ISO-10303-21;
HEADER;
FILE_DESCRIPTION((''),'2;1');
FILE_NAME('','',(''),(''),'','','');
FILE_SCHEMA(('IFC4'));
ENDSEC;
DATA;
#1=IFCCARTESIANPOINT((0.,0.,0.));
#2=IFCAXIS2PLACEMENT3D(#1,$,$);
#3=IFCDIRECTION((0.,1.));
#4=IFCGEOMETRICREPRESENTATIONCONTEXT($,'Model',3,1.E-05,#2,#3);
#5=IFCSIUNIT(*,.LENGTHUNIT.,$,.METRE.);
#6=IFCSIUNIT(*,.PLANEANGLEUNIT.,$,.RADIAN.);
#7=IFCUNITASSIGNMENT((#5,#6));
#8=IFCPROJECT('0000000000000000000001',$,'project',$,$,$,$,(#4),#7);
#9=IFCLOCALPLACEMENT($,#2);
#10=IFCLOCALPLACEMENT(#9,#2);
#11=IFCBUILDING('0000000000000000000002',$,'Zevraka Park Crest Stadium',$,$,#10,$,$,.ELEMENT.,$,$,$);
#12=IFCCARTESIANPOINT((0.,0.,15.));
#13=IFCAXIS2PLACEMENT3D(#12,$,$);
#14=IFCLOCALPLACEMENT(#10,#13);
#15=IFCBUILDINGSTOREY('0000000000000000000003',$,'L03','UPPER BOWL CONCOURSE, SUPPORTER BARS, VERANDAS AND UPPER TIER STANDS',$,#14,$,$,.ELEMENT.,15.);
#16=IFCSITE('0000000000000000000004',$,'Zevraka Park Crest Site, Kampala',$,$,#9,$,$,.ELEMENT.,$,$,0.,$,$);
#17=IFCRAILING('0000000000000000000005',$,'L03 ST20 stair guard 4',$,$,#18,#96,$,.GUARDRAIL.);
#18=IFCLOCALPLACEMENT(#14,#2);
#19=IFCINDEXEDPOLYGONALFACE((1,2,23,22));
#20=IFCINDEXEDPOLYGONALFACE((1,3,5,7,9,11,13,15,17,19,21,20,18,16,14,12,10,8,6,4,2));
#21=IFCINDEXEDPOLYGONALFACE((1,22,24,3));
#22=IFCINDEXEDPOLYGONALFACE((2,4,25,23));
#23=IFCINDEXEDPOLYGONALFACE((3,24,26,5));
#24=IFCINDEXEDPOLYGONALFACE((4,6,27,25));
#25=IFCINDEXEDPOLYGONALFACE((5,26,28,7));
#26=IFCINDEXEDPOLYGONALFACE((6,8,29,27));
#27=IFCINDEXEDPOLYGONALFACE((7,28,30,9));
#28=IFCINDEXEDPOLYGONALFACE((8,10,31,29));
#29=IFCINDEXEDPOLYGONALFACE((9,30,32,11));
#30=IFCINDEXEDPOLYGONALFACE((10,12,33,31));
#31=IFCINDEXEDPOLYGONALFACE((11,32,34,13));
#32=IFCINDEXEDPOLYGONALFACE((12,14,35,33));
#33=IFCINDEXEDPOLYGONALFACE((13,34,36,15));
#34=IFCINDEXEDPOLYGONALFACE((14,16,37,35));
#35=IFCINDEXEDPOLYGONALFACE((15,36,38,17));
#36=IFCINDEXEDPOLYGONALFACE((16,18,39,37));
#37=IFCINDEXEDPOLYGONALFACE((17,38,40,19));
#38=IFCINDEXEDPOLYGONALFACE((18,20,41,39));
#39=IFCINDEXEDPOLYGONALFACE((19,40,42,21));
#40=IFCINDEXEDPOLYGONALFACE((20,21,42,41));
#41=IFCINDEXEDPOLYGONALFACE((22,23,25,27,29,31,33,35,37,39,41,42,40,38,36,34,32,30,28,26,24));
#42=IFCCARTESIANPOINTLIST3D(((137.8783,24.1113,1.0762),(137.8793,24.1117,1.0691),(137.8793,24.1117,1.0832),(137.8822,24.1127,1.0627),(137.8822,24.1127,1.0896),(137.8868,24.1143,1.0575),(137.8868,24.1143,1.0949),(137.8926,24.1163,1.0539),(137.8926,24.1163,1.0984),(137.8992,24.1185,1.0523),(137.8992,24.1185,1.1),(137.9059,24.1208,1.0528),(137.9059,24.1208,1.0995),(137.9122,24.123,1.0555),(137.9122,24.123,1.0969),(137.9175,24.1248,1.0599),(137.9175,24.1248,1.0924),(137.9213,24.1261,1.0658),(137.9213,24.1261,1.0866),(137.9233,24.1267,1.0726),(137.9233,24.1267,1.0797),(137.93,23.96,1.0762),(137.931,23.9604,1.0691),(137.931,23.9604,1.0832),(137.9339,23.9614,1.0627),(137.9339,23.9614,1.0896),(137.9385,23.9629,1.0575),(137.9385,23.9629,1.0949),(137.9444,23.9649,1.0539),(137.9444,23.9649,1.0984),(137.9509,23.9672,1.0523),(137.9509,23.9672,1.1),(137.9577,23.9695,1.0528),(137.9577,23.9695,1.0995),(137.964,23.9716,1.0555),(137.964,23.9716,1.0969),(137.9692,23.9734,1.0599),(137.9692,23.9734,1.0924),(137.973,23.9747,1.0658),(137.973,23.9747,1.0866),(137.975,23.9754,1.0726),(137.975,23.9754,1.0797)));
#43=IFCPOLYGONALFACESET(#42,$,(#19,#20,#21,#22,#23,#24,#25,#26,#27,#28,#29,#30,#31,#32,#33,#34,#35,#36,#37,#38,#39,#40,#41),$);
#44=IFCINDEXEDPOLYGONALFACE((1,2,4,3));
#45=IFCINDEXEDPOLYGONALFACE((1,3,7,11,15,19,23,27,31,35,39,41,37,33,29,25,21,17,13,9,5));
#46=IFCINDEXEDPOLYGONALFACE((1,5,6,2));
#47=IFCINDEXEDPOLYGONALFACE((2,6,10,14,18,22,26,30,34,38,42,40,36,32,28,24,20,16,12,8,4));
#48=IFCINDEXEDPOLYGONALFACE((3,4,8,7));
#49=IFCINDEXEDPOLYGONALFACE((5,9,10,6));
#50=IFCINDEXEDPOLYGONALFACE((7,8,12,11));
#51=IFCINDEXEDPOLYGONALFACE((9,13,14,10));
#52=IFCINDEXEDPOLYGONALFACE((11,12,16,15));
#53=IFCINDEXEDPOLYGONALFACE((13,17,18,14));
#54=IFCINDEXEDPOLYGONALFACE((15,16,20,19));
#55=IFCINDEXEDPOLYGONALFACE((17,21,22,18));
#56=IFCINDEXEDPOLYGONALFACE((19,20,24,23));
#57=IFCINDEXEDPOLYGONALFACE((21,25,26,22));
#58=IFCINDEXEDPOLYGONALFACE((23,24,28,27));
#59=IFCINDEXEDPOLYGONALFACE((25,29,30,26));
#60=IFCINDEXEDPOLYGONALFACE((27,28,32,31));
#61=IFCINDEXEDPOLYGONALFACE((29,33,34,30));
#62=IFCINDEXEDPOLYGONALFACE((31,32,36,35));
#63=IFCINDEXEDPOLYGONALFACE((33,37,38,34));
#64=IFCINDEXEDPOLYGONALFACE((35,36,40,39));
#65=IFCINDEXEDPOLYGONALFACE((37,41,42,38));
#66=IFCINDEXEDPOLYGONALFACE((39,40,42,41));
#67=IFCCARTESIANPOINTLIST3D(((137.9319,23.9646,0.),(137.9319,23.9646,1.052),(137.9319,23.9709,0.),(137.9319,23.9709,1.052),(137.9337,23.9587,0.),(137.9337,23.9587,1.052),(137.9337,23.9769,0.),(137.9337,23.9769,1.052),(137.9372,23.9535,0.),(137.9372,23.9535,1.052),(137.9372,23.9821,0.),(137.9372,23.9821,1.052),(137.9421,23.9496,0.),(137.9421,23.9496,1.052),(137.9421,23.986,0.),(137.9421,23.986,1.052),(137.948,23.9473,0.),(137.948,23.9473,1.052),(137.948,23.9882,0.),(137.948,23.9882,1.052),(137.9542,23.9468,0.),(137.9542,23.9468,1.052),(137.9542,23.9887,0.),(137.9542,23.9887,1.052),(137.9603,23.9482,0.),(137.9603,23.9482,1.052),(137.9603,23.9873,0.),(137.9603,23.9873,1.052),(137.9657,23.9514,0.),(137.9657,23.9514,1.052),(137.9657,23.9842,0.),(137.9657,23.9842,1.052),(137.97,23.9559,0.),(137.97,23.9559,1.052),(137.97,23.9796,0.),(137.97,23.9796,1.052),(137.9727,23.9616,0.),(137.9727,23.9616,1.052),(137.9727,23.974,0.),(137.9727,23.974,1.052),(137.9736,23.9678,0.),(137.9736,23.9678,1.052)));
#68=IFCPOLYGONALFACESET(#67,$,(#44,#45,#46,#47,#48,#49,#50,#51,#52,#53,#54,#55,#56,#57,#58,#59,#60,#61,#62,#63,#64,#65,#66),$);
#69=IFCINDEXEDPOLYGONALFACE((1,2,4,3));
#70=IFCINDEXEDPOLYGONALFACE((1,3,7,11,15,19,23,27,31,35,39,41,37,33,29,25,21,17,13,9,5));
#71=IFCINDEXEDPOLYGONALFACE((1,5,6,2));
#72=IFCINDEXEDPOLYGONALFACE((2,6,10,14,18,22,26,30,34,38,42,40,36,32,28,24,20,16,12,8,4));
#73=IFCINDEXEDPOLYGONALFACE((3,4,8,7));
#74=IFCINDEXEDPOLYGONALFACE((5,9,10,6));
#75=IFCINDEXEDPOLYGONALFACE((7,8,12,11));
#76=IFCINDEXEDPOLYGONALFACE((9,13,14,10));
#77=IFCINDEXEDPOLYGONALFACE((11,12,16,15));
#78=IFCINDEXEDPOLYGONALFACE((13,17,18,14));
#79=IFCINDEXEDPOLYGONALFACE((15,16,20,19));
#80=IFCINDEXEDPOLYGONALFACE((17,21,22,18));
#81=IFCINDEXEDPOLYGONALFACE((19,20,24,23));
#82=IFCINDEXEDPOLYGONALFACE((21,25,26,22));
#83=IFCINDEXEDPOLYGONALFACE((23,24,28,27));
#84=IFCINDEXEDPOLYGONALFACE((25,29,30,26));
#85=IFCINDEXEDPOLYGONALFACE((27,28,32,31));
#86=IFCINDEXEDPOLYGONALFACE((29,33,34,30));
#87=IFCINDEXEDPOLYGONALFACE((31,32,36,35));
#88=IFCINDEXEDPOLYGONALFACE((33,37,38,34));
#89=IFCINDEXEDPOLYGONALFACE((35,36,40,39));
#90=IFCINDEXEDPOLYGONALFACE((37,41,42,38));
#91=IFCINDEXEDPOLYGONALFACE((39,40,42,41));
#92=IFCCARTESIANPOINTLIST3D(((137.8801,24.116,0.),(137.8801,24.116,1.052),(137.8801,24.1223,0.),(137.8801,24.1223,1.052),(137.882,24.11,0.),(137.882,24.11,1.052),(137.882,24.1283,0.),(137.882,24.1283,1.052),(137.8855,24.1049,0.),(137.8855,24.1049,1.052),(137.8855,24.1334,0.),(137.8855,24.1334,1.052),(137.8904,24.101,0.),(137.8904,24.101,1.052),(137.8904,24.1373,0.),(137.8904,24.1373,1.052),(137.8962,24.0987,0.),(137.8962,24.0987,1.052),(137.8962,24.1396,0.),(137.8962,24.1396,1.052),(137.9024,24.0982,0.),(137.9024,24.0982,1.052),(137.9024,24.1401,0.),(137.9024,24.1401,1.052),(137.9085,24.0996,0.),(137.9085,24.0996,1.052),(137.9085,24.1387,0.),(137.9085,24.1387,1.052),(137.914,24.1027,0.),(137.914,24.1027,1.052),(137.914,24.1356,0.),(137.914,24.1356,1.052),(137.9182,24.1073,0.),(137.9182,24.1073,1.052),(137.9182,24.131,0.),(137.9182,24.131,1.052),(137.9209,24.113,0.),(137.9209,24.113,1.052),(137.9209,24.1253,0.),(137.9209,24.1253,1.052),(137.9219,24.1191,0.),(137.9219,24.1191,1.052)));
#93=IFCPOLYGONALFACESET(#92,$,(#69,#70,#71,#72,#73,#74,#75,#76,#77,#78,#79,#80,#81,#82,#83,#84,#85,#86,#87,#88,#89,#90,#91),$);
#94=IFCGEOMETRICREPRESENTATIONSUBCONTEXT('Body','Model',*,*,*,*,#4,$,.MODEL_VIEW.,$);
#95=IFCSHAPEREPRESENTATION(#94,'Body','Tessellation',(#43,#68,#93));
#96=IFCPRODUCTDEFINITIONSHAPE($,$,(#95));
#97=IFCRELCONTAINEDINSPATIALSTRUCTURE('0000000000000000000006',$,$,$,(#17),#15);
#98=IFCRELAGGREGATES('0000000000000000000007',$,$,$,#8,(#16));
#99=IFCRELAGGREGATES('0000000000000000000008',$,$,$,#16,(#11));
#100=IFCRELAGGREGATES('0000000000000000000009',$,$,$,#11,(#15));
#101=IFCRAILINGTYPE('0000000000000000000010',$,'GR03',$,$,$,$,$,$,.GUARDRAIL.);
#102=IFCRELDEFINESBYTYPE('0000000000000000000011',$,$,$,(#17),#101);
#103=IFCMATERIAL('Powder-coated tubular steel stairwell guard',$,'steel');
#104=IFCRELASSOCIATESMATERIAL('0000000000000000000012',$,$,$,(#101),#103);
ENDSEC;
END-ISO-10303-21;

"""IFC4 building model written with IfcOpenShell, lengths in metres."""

from ifc_helpers import new_model, si_unit, direction, frame, origin, origin_2d, place, context, subcontext, project, spatial, circle, extrude, material, type_object, element, save


model = new_model("IFC4")

# Units and contexts
model_context = context("Model", 3, precision=1e-05, world=origin(), true_north=direction((0.0, 1.0)))
body_context = subcontext(model_context, "Body", "Model", "MODEL_VIEW")
ifc_project = project(units=[si_unit("LENGTHUNIT", "METRE"), si_unit("PLANEANGLEUNIT", "RADIAN")], contexts=[model_context])

# Site, building, storey
site_placement = place(None, origin())
site = spatial("IfcSite", under=ifc_project, at=site_placement, Name="Zevraka Park Crest Site, Kampala", CompositionType="ELEMENT", RefElevation=0.0)
building_placement = place(site_placement, origin())
building = spatial("IfcBuilding", under=site, at=building_placement, Name="Zevraka Park Crest Stadium", CompositionType="ELEMENT")
storey_placement = place(building_placement, frame((0.0, 0.0, 15.0)))
storey = spatial("IfcBuildingStorey", under=building, at=storey_placement, Name="L03", Description="UPPER BOWL CONCOURSE, SUPPORTER BARS, VERANDAS AND UPPER TIER STANDS", CompositionType="ELEMENT", Elevation=15.0)

# Railing
ifc_material_1 = material(Name="Powder-coated tubular steel stairwell guard", Category="steel")
railing_type_1 = type_object("IfcRailingType", Name="GR03", PredefinedType="GUARDRAIL", material=ifc_material_1)
railing_1_placement = place(storey_placement, frame((137.9526, 23.9678, 0.0)))
element("IfcRailing", 1, at=railing_1_placement, inside=storey, type_object=railing_type_1, Name="L03 ST20 stair guard 4", PredefinedType="GUARDRAIL", context=body_context, shape_type="SweptSolid", body=[
    extrude(circle(Radius=0.0239, at=origin_2d()), frame((0.0, 0.0, 1.0762), z_axis=(-0.323544, 0.946213, 0.0), x_axis=(-0.946213, -0.323544, 0.0)), (0.0, 0.0, 1.0), 0.1599),
    extrude(circle(Radius=0.021, at=origin_2d()), origin(), (0.0, 0.0, 1.0), 1.052),
    extrude(circle(Radius=0.021, at=origin_2d()), frame((-0.0518, 0.1514, 0.0)), (0.0, 0.0, 1.0), 1.052),
])

save(model, "model.ifc")
